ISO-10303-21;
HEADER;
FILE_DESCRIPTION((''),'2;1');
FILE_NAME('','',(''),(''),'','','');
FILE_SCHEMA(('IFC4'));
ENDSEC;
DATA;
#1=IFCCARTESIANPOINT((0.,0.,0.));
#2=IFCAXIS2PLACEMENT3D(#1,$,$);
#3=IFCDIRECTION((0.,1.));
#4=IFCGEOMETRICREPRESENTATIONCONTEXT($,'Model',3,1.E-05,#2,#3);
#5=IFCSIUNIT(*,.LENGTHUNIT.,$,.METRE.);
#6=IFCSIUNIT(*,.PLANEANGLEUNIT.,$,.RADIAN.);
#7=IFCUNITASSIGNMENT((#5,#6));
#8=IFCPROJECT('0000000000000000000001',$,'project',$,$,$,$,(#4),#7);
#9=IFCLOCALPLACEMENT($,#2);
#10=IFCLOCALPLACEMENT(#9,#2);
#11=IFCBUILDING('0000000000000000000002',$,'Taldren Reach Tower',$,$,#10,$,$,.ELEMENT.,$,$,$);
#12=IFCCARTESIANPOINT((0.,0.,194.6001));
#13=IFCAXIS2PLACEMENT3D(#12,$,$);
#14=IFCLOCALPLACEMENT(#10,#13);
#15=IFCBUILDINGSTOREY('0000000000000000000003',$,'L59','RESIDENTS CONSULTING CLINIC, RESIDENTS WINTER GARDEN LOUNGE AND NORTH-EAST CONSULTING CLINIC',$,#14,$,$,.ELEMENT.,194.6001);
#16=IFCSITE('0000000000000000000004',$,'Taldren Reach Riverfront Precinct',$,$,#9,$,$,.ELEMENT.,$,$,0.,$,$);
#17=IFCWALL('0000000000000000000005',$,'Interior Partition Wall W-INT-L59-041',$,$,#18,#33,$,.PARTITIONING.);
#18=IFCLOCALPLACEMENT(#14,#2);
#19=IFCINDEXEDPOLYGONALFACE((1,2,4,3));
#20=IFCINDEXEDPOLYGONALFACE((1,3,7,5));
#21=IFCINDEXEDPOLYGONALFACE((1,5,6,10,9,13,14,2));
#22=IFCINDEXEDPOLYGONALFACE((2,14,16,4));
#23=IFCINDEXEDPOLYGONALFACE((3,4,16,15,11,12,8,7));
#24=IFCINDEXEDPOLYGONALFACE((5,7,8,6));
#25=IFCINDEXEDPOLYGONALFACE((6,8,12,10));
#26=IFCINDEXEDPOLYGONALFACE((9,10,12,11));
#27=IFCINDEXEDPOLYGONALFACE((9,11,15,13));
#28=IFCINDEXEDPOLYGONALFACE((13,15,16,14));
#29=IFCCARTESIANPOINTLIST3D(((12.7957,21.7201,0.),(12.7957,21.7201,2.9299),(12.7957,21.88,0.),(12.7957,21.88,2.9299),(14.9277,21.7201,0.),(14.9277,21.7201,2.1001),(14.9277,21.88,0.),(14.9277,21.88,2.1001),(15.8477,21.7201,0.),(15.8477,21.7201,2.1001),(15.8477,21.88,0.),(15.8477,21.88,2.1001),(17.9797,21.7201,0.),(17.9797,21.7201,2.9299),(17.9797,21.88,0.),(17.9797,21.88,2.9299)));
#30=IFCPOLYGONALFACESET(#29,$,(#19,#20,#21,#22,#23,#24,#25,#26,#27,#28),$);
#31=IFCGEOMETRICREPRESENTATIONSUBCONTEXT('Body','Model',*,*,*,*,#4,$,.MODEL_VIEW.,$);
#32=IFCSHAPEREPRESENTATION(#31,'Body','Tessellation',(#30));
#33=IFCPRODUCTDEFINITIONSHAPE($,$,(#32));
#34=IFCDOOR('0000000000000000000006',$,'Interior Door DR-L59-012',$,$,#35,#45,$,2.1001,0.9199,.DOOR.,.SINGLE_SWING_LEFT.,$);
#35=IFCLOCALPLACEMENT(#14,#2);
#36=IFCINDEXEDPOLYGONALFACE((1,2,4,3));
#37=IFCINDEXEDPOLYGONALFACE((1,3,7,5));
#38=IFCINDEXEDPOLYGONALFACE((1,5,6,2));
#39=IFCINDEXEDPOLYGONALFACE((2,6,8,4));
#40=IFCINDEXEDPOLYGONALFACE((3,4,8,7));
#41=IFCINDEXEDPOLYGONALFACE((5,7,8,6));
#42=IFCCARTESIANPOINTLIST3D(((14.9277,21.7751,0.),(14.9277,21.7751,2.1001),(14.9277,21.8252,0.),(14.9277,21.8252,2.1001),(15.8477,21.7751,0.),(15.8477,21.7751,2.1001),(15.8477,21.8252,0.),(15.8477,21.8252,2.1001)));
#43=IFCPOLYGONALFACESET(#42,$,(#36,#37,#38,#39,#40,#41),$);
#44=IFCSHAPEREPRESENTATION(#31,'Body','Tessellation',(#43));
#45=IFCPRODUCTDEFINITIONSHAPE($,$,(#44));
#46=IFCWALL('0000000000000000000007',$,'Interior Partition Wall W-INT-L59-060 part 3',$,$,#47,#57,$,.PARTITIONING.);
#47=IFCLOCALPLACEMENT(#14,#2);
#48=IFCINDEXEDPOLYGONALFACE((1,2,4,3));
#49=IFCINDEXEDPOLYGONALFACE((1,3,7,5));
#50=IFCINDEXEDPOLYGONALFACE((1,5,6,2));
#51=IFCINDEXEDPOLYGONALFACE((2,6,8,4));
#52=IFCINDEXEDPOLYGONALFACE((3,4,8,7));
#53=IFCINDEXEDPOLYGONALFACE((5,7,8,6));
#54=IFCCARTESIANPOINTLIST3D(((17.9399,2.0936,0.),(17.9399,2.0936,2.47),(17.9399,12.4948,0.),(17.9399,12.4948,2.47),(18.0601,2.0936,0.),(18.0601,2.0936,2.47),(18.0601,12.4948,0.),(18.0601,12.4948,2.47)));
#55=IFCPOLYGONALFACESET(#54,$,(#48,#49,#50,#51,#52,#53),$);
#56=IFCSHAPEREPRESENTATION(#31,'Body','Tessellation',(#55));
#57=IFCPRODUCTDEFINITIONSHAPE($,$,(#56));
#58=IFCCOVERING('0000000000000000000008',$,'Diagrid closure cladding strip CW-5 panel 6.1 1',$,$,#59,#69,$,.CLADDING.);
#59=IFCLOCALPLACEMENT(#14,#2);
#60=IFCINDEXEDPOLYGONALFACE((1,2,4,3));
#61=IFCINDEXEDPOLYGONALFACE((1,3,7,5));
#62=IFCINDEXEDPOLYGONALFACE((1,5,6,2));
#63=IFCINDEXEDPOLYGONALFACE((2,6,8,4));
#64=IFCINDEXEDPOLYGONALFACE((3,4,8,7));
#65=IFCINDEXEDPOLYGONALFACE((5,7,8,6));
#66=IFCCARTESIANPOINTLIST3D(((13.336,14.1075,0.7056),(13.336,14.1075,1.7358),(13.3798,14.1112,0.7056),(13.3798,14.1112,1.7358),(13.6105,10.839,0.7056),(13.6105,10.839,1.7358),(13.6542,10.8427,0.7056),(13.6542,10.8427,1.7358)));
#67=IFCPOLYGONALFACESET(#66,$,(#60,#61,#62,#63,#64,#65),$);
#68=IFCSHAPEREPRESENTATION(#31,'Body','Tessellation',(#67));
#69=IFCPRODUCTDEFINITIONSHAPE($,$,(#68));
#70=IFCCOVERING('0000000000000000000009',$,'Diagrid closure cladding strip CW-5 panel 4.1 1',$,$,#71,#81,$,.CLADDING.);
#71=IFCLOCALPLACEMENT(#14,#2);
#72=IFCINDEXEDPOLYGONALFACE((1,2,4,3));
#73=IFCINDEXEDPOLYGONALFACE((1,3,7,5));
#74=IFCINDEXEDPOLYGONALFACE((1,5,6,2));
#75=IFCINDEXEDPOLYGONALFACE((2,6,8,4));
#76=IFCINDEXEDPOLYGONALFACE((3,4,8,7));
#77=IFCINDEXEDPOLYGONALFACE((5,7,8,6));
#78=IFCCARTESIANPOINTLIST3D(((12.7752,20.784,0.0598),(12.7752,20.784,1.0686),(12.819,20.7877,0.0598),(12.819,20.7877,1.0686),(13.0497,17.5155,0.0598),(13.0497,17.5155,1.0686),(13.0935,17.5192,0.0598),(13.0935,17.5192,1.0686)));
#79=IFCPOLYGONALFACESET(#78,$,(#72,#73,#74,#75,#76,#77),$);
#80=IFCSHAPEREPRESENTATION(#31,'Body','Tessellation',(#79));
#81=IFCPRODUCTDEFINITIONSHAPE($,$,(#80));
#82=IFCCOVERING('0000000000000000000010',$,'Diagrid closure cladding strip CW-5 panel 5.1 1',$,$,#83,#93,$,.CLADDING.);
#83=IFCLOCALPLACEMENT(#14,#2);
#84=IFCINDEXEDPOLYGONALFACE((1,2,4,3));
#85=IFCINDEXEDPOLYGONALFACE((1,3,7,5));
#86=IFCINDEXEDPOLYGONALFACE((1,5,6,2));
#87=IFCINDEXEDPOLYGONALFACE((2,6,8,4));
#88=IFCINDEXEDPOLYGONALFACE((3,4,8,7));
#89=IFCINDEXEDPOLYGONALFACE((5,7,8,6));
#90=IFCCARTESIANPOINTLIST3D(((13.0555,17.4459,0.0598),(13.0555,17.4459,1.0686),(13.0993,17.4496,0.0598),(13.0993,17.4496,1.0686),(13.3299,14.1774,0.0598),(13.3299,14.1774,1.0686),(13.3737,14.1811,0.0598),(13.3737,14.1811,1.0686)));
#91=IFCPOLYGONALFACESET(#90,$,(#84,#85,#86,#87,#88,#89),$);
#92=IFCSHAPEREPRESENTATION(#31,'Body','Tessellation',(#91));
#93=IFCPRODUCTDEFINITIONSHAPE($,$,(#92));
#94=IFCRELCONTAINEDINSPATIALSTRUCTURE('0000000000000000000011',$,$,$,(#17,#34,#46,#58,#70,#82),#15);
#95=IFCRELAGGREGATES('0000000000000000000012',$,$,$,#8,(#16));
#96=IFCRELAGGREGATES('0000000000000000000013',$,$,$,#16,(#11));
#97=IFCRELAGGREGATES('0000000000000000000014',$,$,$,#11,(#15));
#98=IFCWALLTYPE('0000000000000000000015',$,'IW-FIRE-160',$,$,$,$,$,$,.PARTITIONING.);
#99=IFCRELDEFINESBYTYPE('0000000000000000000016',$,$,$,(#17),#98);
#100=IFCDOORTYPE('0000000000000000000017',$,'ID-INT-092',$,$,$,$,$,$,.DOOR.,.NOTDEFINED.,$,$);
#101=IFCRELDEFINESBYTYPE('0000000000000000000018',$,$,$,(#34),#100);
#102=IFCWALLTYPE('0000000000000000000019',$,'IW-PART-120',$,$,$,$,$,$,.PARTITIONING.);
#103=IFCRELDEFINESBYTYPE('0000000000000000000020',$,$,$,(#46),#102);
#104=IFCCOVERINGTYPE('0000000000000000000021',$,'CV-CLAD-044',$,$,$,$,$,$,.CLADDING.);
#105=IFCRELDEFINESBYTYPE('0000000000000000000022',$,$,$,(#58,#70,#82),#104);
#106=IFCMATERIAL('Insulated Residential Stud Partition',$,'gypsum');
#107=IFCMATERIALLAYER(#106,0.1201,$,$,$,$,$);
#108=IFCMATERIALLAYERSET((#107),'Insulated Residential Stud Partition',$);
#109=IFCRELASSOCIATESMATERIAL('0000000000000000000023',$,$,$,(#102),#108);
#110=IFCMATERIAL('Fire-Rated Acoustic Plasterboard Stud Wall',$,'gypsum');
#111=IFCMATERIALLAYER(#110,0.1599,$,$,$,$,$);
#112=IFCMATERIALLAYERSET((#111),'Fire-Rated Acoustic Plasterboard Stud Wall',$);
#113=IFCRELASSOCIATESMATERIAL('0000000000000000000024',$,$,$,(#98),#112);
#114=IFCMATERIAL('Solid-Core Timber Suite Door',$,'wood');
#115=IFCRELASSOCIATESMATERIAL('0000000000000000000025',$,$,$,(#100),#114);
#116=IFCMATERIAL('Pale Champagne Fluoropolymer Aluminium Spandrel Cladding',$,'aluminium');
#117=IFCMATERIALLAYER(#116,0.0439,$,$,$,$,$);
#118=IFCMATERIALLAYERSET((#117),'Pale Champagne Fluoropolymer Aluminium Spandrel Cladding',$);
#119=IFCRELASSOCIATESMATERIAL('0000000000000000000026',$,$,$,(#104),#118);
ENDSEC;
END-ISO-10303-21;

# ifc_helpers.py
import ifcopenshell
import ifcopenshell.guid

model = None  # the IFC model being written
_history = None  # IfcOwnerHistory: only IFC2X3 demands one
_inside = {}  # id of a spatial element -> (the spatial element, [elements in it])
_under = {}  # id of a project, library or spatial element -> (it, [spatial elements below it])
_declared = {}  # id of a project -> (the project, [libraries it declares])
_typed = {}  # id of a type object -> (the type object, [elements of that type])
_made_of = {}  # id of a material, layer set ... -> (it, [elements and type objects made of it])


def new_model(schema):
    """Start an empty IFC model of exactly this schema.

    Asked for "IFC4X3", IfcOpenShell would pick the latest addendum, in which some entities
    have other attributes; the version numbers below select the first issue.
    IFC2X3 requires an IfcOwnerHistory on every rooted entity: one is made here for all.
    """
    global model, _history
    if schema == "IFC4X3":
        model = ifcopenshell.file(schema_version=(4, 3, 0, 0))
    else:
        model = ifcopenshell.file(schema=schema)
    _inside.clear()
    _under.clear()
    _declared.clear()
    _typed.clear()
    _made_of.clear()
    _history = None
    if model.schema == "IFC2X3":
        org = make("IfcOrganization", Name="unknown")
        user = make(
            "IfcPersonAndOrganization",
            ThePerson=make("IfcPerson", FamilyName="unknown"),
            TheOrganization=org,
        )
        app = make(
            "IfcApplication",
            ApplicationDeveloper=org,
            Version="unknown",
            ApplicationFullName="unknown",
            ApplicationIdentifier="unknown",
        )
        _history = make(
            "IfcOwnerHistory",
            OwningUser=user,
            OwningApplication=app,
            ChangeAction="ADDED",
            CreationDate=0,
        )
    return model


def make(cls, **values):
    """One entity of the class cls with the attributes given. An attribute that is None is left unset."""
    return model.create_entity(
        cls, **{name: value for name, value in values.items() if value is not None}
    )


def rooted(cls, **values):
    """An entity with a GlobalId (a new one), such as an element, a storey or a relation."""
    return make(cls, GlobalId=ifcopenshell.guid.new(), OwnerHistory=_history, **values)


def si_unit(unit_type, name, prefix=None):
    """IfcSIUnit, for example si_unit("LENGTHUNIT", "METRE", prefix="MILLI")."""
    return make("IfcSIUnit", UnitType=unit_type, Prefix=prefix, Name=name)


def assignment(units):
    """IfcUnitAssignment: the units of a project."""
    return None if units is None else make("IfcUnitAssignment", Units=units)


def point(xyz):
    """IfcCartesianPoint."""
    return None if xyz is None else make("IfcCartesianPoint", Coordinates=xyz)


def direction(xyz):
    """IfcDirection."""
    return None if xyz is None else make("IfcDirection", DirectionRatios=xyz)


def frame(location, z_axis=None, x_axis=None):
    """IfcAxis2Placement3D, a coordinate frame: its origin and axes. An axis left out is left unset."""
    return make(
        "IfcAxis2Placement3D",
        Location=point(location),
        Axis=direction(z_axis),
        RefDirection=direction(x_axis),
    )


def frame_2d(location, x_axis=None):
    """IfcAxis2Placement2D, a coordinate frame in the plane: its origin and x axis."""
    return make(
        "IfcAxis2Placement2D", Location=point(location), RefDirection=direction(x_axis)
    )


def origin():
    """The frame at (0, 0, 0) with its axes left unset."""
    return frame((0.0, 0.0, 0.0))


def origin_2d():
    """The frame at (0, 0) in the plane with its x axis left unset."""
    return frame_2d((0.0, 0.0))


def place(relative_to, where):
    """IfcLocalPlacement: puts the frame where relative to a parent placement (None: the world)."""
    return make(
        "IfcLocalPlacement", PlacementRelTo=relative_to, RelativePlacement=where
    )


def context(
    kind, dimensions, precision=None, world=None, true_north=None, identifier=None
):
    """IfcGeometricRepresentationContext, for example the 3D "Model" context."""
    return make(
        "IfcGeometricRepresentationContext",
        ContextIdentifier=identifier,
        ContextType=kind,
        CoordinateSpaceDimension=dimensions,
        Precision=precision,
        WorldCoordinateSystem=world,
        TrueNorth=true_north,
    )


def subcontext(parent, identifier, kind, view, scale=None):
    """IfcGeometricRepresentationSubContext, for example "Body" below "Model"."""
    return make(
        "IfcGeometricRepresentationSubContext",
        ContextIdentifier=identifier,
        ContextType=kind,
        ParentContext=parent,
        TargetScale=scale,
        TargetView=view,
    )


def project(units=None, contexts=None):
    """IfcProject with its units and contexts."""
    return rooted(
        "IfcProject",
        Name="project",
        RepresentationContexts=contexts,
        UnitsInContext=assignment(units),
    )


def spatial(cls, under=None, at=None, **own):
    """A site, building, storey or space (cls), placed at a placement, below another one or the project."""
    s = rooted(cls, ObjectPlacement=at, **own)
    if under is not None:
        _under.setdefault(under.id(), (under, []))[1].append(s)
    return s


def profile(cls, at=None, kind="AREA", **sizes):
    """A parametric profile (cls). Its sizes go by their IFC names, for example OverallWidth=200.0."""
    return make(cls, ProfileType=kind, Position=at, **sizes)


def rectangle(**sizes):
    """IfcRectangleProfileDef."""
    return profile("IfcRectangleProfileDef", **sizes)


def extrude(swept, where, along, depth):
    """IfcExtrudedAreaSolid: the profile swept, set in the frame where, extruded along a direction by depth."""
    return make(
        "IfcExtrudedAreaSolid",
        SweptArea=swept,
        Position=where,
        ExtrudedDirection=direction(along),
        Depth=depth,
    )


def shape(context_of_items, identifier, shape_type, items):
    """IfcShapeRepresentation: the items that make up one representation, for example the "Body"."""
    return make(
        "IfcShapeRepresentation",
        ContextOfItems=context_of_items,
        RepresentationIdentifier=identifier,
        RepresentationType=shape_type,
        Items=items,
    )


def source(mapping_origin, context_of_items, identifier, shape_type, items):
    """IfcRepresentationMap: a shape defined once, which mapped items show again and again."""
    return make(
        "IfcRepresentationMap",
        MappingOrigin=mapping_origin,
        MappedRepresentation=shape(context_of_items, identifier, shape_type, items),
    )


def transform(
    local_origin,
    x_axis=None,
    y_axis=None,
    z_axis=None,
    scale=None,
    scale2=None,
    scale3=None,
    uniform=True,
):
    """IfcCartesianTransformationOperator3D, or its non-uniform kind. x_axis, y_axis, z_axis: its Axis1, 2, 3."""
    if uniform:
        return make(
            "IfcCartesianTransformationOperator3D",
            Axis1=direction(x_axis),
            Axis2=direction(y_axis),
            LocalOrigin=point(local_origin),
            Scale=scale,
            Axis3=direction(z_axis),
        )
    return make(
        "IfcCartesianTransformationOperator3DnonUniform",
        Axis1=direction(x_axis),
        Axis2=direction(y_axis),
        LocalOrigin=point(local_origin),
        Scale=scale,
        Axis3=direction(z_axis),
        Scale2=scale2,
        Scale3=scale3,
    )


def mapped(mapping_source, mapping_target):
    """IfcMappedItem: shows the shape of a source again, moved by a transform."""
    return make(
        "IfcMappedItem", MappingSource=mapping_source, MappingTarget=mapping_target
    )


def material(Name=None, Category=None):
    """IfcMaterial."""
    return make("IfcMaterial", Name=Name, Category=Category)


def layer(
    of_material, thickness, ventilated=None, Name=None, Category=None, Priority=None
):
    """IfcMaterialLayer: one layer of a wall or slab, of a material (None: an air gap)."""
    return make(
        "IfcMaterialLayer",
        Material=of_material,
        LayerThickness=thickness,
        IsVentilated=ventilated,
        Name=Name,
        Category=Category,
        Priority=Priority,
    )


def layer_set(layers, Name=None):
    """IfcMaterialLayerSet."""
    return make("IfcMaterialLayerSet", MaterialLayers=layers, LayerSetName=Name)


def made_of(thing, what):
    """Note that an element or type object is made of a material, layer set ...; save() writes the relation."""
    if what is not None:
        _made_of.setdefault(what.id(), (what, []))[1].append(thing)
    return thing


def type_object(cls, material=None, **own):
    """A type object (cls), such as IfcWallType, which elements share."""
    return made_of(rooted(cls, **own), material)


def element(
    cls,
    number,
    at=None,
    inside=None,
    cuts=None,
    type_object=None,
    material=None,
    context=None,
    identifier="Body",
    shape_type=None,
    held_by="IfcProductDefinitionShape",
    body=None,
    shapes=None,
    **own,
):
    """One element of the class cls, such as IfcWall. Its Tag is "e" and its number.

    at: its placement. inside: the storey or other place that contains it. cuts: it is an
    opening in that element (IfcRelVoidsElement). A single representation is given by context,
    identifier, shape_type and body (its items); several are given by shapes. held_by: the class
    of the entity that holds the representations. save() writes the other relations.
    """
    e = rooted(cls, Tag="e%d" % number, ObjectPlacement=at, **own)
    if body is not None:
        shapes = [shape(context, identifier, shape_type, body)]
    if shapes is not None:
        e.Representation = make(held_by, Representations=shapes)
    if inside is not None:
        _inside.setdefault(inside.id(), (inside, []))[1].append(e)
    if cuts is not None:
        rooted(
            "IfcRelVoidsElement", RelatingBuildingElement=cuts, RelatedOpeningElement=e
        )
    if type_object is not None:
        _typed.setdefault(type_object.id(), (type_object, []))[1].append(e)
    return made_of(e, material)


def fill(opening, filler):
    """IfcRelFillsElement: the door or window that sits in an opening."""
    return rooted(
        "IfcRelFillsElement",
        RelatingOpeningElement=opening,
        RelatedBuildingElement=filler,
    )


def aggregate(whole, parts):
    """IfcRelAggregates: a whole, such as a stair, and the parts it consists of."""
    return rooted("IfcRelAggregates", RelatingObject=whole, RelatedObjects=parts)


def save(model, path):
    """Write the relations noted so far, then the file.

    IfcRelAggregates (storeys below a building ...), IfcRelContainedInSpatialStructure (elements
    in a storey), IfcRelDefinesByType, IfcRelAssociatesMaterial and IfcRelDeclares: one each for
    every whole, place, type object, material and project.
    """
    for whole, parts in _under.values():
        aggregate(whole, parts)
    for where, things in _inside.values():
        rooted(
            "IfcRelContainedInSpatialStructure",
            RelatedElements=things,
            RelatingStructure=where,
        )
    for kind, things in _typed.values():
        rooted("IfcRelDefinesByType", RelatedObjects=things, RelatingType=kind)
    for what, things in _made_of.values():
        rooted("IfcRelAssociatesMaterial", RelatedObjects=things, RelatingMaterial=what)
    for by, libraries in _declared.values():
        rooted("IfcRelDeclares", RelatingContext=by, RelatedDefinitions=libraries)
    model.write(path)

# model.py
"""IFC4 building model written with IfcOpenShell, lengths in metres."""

from ifc_helpers import new_model, si_unit, direction, frame, frame_2d, origin, origin_2d, place, context, subcontext, project, spatial, rectangle, extrude, source, transform, mapped, material, layer, layer_set, type_object, element, fill, save


model = new_model("IFC4")

# Units and contexts
model_context = context("Model", 3, precision=1e-05, world=origin(), true_north=direction((0.0, 1.0)))
body_context = subcontext(model_context, "Body", "Model", "MODEL_VIEW")
ifc_project = project(units=[si_unit("LENGTHUNIT", "METRE"), si_unit("PLANEANGLEUNIT", "RADIAN")], contexts=[model_context])

# Site, building, storey
site_placement = place(None, origin())
site = spatial("IfcSite", under=ifc_project, at=site_placement, Name="Taldren Reach Riverfront Precinct", CompositionType="ELEMENT", RefElevation=0.0)
building_placement = place(site_placement, origin())
building = spatial("IfcBuilding", under=site, at=building_placement, Name="Taldren Reach Tower", CompositionType="ELEMENT")
storey_placement = place(building_placement, frame((0.0, 0.0, 194.6001)))
storey = spatial("IfcBuildingStorey", under=building, at=storey_placement, Name="L59", Description="RESIDENTS CONSULTING CLINIC, RESIDENTS WINTER GARDEN LOUNGE AND NORTH-EAST CONSULTING CLINIC", CompositionType="ELEMENT", Elevation=194.6001)

# Shared definitions
ifc_material_1 = material(Name="Insulated Residential Stud Partition", Category="gypsum")
ifc_layer_1 = layer(ifc_material_1, 0.1201)
ifc_layer_set_1 = layer_set([ifc_layer_1], Name="Insulated Residential Stud Partition")
wall_type_1 = type_object("IfcWallType", Name="IW-PART-120", PredefinedType="PARTITIONING", material=ifc_layer_set_1)

# Wall, opening, door
ifc_material_2 = material(Name="Fire-Rated Acoustic Plasterboard Stud Wall", Category="gypsum")
ifc_layer_2 = layer(ifc_material_2, 0.1599)
ifc_layer_set_2 = layer_set([ifc_layer_2], Name="Fire-Rated Acoustic Plasterboard Stud Wall")
wall_type_2 = type_object("IfcWallType", Name="IW-FIRE-160", PredefinedType="PARTITIONING", material=ifc_layer_set_2)
shared_shape_1 = source(origin(), body_context, "Body", "SweptSolid", [
    extrude(rectangle(XDim=5.1841, YDim=0.1599, at=frame_2d((2.592, 0.0))), origin(), (0.0, 0.0, 1.0), 2.9299),
])
wall_1_placement = place(storey_placement, frame((17.9797, 21.8, 0.0), z_axis=(0.0, 0.0, 1.0), x_axis=(-1.0, 0.0, 0.0)))
wall_1 = element("IfcWall", 1, at=wall_1_placement, inside=storey, type_object=wall_type_2, Name="Interior Partition Wall W-INT-L59-041", PredefinedType="PARTITIONING", context=body_context, shape_type="MappedRepresentation", body=[
    mapped(shared_shape_1, transform((0.0, 0.0, 0.0), scale=1.0)),
])
shared_shape_2 = source(origin(), body_context, "Body", "SweptSolid", [
    extrude(rectangle(XDim=0.9199, YDim=2.1001, at=frame_2d((0.46, 1.05))), frame((0.0, 0.0898, 0.0), z_axis=(0.0, -1.0, 0.0), x_axis=(1.0, 0.0, 0.0)), (0.0, 0.0, 1.0), 0.1799),
])
opening_placement = place(wall_1_placement, frame((2.1321, 0.0, 0.0)))
opening = element("IfcOpeningElement", 2, at=opening_placement, cuts=wall_1, PredefinedType="OPENING", context=body_context, shape_type="MappedRepresentation", body=[
    mapped(shared_shape_2, transform((0.0, 0.0, 0.0), scale=1.0)),
])
ifc_material_3 = material(Name="Solid-Core Timber Suite Door", Category="wood")
door_type = type_object("IfcDoorType", Name="ID-INT-092", OperationType="NOTDEFINED", PredefinedType="DOOR", material=ifc_material_3)
shared_shape_3 = source(origin(), body_context, "Body", "SweptSolid", [
    extrude(rectangle(XDim=0.9199, YDim=2.1001, at=frame_2d((0.46, 1.05))), frame((0.0, 0.0249, 0.0), z_axis=(0.0, -1.0, 0.0), x_axis=(1.0, 0.0, 0.0)), (0.0, 0.0, 1.0), 0.05),
])
door_placement = place(opening_placement, origin())
door = element("IfcDoor", 3, at=door_placement, inside=storey, type_object=door_type, Name="Interior Door DR-L59-012", OperationType="SINGLE_SWING_LEFT", OverallHeight=2.1001, OverallWidth=0.9199, PredefinedType="DOOR", context=body_context, shape_type="MappedRepresentation", body=[
    mapped(shared_shape_3, transform((0.0, 0.0, 0.0), scale=1.0)),
])
fill(opening, door)

# Wall
shared_shape_4 = source(origin(), body_context, "Body", "SweptSolid", [
    extrude(rectangle(XDim=10.4011, YDim=0.1201, at=frame_2d((5.2007, 0.0))), origin(), (0.0, 0.0, 1.0), 2.47),
])
wall_2_placement = place(storey_placement, frame((18.0, 12.4949, 0.0), z_axis=(0.0, 0.0, 1.0), x_axis=(0.0, -1.0, 0.0)))
element("IfcWall", 4, at=wall_2_placement, inside=storey, type_object=wall_type_1, Name="Interior Partition Wall W-INT-L59-060 part 3", PredefinedType="PARTITIONING", context=body_context, shape_type="MappedRepresentation", body=[
    mapped(shared_shape_4, transform((0.0, 0.0, 0.0), scale=1.0)),
])

# Coverings
ifc_material_4 = material(Name="Pale Champagne Fluoropolymer Aluminium Spandrel Cladding", Category="aluminium")
ifc_layer_3 = layer(ifc_material_4, 0.0439)
ifc_layer_set_3 = layer_set([ifc_layer_3], Name="Pale Champagne Fluoropolymer Aluminium Spandrel Cladding")
covering_type = type_object("IfcCoveringType", Name="CV-CLAD-044", PredefinedType="CLADDING", material=ifc_layer_set_3)
shared_shape_5 = source(origin(), body_context, "Body", "SweptSolid", [
    extrude(rectangle(XDim=3.28, YDim=0.0439, at=origin_2d()), origin(), (0.0, 0.0, 1.0), 1.0303),
])
covering_placement = place(storey_placement, frame((13.4951, 12.4751, 0.7056), z_axis=(0.0, 0.0, 1.0), x_axis=(0.083678, -0.996493, 0.0)))
element("IfcCovering", 5, at=covering_placement, inside=storey, type_object=covering_type, Name="Diagrid closure cladding strip CW-5 panel 6.1 1", PredefinedType="CLADDING", context=body_context, shape_type="MappedRepresentation", body=[
    mapped(shared_shape_5, transform((0.0, 0.0, 0.0), scale=1.0)),
])
shared_shape_6 = source(origin(), body_context, "Body", "SweptSolid", [
    extrude(rectangle(XDim=3.28, YDim=0.0439, at=origin_2d()), origin(), (0.0, 0.0, 1.0), 1.0088),
])
for number, where, z_axis, x_axis, name in (
    (6, (12.9343, 19.1516, 0.0598), (0.0, 0.0, 1.0), (0.083678, -0.996493, 0.0), "Diagrid closure cladding strip CW-5 panel 4.1 1"),
    (7, (13.2146, 15.8135, 0.0598), (0.0, 0.0, 1.0), (0.083678, -0.996493, 0.0), "Diagrid closure cladding strip CW-5 panel 5.1 1"),
):
    element("IfcCovering", number, at=place(storey_placement, frame(where, z_axis=z_axis, x_axis=x_axis)), inside=storey, type_object=covering_type, Name=name, PredefinedType="CLADDING", context=body_context, shape_type="MappedRepresentation", body=[
        mapped(shared_shape_6, transform((0.0, 0.0, 0.0), scale=1.0)),
    ])

save(model, "model.ifc")
